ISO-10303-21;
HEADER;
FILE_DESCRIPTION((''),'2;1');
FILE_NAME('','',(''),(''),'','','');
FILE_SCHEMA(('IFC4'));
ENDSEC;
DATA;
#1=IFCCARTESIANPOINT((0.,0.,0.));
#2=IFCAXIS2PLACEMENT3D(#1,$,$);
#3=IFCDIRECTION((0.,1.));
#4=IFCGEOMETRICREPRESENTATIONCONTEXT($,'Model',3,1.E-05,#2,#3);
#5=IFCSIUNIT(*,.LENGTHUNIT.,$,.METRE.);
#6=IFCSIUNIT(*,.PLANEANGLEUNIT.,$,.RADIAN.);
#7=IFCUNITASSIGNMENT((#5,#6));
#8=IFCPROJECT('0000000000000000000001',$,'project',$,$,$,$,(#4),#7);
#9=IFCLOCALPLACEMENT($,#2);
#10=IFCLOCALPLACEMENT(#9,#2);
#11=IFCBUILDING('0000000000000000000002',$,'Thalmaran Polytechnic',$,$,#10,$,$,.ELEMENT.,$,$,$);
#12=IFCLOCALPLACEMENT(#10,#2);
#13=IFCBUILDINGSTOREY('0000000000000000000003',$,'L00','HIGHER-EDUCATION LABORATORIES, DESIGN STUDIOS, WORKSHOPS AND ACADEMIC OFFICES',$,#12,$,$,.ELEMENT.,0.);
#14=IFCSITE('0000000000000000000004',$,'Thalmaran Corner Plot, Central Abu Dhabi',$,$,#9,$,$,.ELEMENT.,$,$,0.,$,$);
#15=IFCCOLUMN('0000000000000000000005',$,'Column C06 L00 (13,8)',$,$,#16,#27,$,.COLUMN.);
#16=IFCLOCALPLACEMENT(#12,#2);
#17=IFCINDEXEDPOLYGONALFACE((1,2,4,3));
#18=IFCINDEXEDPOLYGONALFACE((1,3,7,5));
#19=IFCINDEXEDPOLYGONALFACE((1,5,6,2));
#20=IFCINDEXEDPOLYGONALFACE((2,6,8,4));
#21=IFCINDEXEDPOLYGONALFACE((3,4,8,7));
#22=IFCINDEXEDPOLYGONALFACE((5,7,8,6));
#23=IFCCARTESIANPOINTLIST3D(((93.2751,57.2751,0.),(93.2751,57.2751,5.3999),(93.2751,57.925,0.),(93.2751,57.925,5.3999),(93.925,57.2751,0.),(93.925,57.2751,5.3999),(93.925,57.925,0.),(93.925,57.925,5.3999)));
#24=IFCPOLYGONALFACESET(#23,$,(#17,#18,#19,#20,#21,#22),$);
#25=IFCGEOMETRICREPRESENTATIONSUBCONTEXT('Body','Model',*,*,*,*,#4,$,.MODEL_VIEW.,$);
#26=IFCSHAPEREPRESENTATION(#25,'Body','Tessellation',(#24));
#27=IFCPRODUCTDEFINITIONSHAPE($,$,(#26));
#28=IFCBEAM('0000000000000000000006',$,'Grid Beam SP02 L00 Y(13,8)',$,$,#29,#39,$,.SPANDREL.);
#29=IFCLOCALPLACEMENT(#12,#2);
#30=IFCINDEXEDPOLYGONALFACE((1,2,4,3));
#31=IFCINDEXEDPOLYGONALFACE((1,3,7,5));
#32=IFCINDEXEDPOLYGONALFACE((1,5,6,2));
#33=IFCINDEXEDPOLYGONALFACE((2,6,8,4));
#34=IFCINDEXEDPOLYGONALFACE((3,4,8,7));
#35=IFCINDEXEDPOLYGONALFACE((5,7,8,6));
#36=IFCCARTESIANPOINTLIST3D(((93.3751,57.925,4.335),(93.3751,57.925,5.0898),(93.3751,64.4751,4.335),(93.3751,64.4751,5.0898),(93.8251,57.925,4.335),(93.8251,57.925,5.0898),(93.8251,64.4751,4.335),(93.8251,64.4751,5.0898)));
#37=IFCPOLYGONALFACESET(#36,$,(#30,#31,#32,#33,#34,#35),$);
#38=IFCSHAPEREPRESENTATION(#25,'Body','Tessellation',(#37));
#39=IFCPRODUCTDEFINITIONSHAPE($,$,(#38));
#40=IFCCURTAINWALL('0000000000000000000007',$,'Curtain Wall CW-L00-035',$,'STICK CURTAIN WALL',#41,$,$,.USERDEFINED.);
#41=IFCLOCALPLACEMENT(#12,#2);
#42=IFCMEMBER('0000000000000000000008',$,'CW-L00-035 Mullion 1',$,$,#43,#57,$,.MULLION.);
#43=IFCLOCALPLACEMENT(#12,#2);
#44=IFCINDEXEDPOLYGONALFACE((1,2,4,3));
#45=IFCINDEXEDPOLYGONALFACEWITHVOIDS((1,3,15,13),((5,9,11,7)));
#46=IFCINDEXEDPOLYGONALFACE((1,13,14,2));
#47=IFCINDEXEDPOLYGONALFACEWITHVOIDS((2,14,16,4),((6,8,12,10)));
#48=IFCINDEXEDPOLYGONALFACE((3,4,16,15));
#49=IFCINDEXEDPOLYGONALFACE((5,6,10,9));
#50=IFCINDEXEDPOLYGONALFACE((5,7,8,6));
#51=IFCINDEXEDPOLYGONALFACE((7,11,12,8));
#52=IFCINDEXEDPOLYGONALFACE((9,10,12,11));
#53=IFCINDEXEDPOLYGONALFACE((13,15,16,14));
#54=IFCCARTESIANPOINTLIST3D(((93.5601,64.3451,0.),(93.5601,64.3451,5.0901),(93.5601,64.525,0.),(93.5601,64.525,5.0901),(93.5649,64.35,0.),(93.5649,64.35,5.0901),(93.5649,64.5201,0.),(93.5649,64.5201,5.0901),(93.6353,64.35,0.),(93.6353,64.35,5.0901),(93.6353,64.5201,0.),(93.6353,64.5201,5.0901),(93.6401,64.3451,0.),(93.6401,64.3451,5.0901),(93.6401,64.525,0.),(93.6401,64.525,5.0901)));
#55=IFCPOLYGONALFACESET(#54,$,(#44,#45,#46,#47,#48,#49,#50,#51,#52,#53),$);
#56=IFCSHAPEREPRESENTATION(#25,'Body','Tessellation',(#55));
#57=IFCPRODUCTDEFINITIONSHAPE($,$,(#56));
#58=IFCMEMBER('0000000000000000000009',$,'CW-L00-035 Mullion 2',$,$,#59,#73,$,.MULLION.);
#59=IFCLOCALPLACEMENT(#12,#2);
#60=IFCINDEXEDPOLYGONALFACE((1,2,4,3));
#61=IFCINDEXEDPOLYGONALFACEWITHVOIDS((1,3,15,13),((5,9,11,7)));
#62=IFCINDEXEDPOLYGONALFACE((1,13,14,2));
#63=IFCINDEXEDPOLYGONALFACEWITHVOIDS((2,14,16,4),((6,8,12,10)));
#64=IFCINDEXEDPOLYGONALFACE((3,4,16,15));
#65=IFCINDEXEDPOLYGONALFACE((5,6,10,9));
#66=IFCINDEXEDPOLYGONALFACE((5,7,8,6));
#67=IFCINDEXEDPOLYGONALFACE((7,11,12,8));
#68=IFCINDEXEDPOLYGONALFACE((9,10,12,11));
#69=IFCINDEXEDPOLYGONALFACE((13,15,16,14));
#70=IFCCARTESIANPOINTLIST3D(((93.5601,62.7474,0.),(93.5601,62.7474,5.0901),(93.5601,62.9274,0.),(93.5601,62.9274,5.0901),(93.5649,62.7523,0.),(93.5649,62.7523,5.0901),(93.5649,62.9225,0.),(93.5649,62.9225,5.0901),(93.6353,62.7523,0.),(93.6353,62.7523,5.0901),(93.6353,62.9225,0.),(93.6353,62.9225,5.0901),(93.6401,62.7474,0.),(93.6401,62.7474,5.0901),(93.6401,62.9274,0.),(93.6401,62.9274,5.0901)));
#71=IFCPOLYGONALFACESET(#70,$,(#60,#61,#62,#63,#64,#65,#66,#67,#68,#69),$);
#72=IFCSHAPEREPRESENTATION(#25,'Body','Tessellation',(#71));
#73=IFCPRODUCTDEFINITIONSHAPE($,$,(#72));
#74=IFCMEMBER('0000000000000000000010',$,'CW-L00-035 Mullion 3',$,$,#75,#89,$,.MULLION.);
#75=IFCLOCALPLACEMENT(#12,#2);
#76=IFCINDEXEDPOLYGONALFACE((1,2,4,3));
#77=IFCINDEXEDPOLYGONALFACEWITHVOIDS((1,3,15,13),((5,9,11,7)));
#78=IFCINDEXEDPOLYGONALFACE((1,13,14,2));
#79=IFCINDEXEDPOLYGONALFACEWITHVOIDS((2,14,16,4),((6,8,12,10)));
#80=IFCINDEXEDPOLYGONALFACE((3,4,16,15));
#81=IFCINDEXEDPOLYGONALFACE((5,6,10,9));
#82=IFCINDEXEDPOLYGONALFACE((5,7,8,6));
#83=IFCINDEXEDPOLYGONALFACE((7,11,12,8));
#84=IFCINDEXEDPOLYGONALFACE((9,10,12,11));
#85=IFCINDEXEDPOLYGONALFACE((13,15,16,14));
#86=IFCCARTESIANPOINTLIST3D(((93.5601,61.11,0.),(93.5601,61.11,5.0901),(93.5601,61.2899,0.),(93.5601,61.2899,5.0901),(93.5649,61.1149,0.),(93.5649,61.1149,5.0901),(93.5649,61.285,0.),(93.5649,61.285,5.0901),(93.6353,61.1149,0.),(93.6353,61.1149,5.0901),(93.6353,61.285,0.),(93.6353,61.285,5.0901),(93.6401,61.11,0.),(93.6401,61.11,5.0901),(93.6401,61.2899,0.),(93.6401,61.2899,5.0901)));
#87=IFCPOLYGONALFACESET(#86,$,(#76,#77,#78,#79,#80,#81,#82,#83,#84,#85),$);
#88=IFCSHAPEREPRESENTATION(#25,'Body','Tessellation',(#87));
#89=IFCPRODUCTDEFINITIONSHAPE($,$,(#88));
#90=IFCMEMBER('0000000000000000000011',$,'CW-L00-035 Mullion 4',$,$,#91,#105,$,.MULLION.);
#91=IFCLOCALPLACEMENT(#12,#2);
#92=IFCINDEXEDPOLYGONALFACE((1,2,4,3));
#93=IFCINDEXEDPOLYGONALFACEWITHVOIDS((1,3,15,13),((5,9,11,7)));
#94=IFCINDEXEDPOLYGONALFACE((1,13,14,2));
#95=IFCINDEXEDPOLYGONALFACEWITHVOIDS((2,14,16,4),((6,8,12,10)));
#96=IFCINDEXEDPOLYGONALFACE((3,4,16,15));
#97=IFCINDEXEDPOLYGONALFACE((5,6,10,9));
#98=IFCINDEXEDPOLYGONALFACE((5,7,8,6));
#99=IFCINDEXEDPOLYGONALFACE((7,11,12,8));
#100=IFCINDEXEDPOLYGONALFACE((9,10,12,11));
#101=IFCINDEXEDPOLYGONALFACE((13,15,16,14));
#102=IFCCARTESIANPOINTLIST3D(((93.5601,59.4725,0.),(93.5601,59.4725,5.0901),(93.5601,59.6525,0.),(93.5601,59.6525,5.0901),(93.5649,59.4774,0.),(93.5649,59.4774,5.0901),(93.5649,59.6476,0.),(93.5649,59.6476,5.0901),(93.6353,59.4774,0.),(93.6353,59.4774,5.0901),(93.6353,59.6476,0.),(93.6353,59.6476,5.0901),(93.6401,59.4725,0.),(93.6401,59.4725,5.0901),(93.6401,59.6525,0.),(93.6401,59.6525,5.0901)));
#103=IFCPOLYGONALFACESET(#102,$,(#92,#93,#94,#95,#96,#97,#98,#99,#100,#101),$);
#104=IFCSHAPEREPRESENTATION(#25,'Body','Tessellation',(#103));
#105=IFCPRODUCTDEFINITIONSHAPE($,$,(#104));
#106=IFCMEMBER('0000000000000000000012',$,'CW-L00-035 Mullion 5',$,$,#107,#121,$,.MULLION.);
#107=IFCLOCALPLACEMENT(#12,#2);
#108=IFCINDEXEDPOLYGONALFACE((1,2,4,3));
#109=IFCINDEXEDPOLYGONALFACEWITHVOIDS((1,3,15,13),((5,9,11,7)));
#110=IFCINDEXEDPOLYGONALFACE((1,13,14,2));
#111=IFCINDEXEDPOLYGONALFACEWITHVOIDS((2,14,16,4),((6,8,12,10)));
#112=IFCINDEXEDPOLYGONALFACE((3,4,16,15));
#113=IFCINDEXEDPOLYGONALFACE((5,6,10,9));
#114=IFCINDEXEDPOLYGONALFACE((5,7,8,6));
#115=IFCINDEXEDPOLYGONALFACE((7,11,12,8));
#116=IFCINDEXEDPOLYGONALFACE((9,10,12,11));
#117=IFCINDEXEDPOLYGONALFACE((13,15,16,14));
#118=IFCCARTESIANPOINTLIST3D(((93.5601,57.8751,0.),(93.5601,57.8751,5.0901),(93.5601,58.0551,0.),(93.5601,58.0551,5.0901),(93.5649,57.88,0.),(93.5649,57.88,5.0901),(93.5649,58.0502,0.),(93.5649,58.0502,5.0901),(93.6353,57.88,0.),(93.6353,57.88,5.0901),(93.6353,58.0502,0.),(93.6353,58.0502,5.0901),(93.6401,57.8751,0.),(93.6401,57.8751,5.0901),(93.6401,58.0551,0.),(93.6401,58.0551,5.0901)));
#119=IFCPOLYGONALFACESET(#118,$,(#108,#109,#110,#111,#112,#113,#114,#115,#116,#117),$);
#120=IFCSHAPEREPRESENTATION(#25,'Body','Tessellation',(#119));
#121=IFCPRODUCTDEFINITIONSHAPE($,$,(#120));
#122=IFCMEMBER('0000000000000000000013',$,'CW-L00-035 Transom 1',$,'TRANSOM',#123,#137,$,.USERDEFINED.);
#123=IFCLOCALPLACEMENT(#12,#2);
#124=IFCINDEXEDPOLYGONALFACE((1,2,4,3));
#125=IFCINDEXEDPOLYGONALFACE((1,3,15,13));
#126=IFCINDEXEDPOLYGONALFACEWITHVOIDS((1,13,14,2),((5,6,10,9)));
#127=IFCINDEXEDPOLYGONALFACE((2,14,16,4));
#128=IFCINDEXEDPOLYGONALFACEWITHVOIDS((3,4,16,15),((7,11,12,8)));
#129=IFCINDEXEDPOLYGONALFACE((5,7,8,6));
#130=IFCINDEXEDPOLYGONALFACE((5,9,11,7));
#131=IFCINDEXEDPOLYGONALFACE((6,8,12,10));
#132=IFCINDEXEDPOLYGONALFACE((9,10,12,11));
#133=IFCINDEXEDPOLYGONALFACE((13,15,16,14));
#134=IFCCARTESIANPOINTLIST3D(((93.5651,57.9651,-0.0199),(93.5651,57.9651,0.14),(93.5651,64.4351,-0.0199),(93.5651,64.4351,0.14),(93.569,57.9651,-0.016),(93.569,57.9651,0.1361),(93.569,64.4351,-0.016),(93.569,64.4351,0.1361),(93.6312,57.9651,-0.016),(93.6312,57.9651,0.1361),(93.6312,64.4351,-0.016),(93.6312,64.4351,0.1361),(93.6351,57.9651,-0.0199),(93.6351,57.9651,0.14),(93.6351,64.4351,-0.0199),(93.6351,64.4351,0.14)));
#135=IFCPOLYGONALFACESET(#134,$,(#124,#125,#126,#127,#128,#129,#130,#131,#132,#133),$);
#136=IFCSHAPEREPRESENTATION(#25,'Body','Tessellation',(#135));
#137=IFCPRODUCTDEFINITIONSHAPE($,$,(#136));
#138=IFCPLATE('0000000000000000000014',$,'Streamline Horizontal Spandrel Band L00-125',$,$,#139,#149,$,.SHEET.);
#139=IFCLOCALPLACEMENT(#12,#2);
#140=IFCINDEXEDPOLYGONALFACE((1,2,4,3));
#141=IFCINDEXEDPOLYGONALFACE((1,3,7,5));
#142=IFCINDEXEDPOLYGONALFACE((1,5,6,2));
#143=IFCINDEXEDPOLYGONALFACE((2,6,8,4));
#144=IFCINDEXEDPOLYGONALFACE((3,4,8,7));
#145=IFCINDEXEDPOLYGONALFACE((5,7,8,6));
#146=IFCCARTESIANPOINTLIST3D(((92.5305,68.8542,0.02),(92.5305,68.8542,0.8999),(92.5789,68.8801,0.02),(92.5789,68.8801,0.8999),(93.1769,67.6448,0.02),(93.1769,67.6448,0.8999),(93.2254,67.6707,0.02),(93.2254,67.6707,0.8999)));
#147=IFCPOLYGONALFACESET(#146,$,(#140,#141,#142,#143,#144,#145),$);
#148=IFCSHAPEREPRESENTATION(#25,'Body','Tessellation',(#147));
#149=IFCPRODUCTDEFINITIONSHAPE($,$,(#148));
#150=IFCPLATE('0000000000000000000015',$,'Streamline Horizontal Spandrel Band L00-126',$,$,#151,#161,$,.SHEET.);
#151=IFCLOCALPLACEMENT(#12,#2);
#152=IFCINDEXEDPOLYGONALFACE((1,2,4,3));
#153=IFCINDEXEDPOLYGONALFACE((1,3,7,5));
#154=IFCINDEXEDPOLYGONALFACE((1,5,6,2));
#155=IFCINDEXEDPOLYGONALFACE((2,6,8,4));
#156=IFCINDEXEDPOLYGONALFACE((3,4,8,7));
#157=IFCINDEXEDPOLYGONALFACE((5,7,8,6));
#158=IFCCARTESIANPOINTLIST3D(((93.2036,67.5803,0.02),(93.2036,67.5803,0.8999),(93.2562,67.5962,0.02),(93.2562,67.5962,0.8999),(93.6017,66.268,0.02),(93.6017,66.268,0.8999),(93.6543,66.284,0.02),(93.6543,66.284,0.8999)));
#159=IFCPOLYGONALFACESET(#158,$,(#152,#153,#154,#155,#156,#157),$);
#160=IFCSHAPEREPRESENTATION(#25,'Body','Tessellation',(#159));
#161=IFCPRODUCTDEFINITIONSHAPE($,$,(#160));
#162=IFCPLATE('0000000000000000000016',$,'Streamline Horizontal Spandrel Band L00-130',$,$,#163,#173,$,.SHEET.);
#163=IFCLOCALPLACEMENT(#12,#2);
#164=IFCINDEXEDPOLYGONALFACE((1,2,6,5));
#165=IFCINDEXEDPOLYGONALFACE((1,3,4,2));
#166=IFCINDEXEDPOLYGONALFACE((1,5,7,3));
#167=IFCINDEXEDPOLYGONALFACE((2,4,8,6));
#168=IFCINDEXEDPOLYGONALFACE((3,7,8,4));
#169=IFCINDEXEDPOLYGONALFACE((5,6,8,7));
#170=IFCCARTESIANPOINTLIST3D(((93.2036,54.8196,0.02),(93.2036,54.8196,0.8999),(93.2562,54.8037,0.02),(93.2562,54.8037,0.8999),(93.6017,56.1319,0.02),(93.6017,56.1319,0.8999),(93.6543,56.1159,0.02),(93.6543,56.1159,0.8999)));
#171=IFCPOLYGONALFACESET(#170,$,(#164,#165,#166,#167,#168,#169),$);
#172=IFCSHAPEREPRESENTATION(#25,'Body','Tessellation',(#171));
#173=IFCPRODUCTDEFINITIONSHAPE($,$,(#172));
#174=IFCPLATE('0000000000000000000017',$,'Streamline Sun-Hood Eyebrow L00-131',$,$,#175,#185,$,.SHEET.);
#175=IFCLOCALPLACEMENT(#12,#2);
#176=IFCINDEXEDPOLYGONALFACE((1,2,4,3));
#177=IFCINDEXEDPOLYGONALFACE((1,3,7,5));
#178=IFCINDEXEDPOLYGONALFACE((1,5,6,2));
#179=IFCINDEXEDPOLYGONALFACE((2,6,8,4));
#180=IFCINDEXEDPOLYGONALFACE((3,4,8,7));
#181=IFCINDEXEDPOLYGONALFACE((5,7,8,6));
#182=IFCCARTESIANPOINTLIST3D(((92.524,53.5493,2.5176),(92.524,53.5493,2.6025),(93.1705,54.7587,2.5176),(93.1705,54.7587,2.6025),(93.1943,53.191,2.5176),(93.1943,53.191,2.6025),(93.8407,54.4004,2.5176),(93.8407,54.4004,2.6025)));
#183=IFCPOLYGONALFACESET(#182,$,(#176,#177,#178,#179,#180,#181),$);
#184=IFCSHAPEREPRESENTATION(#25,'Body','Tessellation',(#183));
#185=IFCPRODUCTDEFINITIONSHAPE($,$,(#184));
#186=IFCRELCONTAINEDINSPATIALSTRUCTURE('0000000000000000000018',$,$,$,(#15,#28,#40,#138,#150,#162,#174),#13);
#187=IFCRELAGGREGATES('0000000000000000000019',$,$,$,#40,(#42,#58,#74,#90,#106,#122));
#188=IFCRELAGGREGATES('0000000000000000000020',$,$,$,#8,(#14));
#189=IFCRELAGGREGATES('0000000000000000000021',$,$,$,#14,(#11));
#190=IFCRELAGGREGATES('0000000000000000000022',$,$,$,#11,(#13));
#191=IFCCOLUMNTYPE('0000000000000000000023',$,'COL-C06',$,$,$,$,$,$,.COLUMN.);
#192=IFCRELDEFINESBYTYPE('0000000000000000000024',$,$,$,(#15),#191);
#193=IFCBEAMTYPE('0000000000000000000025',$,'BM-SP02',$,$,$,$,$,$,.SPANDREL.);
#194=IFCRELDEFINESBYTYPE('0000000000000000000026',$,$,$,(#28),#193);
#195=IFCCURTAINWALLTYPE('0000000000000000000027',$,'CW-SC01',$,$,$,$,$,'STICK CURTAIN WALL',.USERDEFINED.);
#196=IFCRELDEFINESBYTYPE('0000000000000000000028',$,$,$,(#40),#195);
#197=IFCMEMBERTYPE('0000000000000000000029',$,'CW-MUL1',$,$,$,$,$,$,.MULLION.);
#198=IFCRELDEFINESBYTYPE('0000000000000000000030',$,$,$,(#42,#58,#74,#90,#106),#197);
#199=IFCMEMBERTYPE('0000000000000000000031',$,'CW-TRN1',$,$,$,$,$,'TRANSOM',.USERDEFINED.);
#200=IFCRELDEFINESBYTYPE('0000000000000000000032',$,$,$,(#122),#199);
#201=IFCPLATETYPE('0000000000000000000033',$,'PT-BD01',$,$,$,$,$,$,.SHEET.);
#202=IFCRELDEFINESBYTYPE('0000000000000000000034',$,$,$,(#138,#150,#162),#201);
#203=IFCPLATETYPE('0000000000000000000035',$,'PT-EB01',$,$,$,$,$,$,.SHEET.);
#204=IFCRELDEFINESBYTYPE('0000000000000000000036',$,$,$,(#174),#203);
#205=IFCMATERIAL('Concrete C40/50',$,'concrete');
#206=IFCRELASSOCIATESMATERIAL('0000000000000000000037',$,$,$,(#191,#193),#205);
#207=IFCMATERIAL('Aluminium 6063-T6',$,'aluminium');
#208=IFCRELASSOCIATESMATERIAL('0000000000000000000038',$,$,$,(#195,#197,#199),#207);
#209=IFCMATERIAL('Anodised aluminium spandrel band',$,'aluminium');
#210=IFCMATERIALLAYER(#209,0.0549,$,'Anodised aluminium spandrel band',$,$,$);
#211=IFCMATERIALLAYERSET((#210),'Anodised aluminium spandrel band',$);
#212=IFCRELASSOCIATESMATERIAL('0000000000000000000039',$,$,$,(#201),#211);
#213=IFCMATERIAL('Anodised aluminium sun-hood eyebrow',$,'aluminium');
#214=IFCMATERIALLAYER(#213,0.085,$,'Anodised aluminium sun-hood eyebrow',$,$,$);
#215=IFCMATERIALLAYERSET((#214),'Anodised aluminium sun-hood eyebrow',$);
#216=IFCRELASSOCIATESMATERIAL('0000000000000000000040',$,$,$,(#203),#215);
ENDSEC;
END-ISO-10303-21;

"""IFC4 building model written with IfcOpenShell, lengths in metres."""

from ifc_helpers import new_model, si_unit, direction, frame, origin, origin_2d, place, context, subcontext, project, spatial, rectangle, hollow_rectangle, extrude, material, layer, layer_set, material_profile, profile_set, type_object, element, aggregate, save


model = new_model("IFC4")

# Units and contexts
model_context = context("Model", 3, precision=1e-05, world=origin(), true_north=direction((0.0, 1.0)))
body_context = subcontext(model_context, "Body", "Model", "MODEL_VIEW")
ifc_project = project(units=[si_unit("LENGTHUNIT", "METRE"), si_unit("PLANEANGLEUNIT", "RADIAN")], contexts=[model_context])

# Site, building, storey
site_placement = place(None, origin())
site = spatial("IfcSite", under=ifc_project, at=site_placement, Name="Thalmaran Corner Plot, Central Abu Dhabi", CompositionType="ELEMENT", RefElevation=0.0)
building_placement = place(site_placement, origin())
building = spatial("IfcBuilding", under=site, at=building_placement, Name="Thalmaran Polytechnic", CompositionType="ELEMENT")
storey_placement = place(building_placement, origin())
storey = spatial("IfcBuildingStorey", under=building, at=storey_placement, Name="L00", Description="HIGHER-EDUCATION LABORATORIES, DESIGN STUDIOS, WORKSHOPS AND ACADEMIC OFFICES", CompositionType="ELEMENT", Elevation=0.0)

# Column
ifc_material_1 = material(Name="Concrete C40/50", Category="concrete")
ifc_material_profile_1 = material_profile(ifc_material_1, rectangle(XDim=0.6499, YDim=0.6499, at=origin_2d()), Name="RC 650x650")
ifc_profile_set_1 = profile_set([ifc_material_profile_1], Name="Concrete C40/50")
column_type = type_object("IfcColumnType", Name="COL-C06", PredefinedType="COLUMN", material=ifc_profile_set_1)
column_placement = place(storey_placement, frame((93.6001, 57.6001, 0.0), z_axis=(0.0, 0.0, 1.0), x_axis=(1.0, 0.0, 0.0)))
element("IfcColumn", 1, at=column_placement, inside=storey, type_object=column_type, Name="Column C06 L00 (13,8)", PredefinedType="COLUMN", context=body_context, shape_type="SweptSolid", body=[
    extrude(rectangle(XDim=0.6499, YDim=0.6499, at=origin_2d()), origin(), (0.0, 0.0, 1.0), 5.3999),
])

# Beam
ifc_material_profile_2 = material_profile(ifc_material_1, rectangle(XDim=0.45, YDim=0.7549, at=origin_2d()), Name="RC 450x755")
ifc_profile_set_2 = profile_set([ifc_material_profile_2], Name="Concrete C40/50")
beam_type = type_object("IfcBeamType", Name="BM-SP02", PredefinedType="SPANDREL", material=ifc_profile_set_2)
beam_placement = place(storey_placement, frame((93.6001, 57.925, 4.7124), z_axis=(0.0, 1.0, 0.0), x_axis=(-1.0, 0.0, 0.0)))
element("IfcBeam", 2, at=beam_placement, inside=storey, type_object=beam_type, Name="Grid Beam SP02 L00 Y(13,8)", PredefinedType="SPANDREL", context=body_context, shape_type="SweptSolid", body=[
    extrude(rectangle(XDim=0.45, YDim=0.7549, at=origin_2d()), origin(), (0.0, 0.0, 1.0), 6.55),
])

# Curtain wall, members
ifc_material_2 = material(Name="Aluminium 6063-T6", Category="aluminium")
curtain_wall_type = type_object("IfcCurtainWallType", Name="CW-SC01", ElementType="STICK CURTAIN WALL", PredefinedType="USERDEFINED", material=ifc_material_2)
curtain_wall_placement = place(storey_placement, origin())
curtain_wall = element("IfcCurtainWall", 3, at=curtain_wall_placement, inside=storey, type_object=curtain_wall_type, Name="Curtain Wall CW-L00-035", ObjectType="STICK CURTAIN WALL", PredefinedType="USERDEFINED")
ifc_material_profile_3 = material_profile(ifc_material_2, hollow_rectangle(XDim=0.0801, YDim=0.1799, WallThickness=0.0049, at=origin_2d()), Name="RHS 180x80x5.0")
ifc_profile_set_3 = profile_set([ifc_material_profile_3], Name="Aluminium 6063-T6")
member_type_1 = type_object("IfcMemberType", Name="CW-MUL1", PredefinedType="MULLION", material=ifc_profile_set_3)
member_1_placement = place(storey_placement, frame((93.6001, 64.4351, 0.0), z_axis=(0.0, 0.0, 1.0), x_axis=(1.0, 0.0, 0.0)))
member_1 = element("IfcMember", 4, at=member_1_placement, type_object=member_type_1, Name="CW-L00-035 Mullion 1", PredefinedType="MULLION", context=body_context, shape_type="SweptSolid", body=[
    extrude(hollow_rectangle(XDim=0.0801, YDim=0.1799, WallThickness=0.0049, at=origin_2d()), origin(), (0.0, 0.0, 1.0), 5.0901),
])
member_2_placement = place(storey_placement, frame((93.6001, 62.8374, 0.0), z_axis=(0.0, 0.0, 1.0), x_axis=(1.0, 0.0, 0.0)))
member_2 = element("IfcMember", 5, at=member_2_placement, type_object=member_type_1, Name="CW-L00-035 Mullion 2", PredefinedType="MULLION", context=body_context, shape_type="SweptSolid", body=[
    extrude(hollow_rectangle(XDim=0.0801, YDim=0.1799, WallThickness=0.0049, at=origin_2d()), origin(), (0.0, 0.0, 1.0), 5.0901),
])
member_3_placement = place(storey_placement, frame((93.6001, 61.2, 0.0), z_axis=(0.0, 0.0, 1.0), x_axis=(1.0, 0.0, 0.0)))
member_3 = element("IfcMember", 6, at=member_3_placement, type_object=member_type_1, Name="CW-L00-035 Mullion 3", PredefinedType="MULLION", context=body_context, shape_type="SweptSolid", body=[
    extrude(hollow_rectangle(XDim=0.0801, YDim=0.1799, WallThickness=0.0049, at=origin_2d()), origin(), (0.0, 0.0, 1.0), 5.0901),
])
member_4_placement = place(storey_placement, frame((93.6001, 59.5625, 0.0), z_axis=(0.0, 0.0, 1.0), x_axis=(1.0, 0.0, 0.0)))
member_4 = element("IfcMember", 7, at=member_4_placement, type_object=member_type_1, Name="CW-L00-035 Mullion 4", PredefinedType="MULLION", context=body_context, shape_type="SweptSolid", body=[
    extrude(hollow_rectangle(XDim=0.0801, YDim=0.1799, WallThickness=0.0049, at=origin_2d()), origin(), (0.0, 0.0, 1.0), 5.0901),
])
member_5_placement = place(storey_placement, frame((93.6001, 57.9651, 0.0), z_axis=(0.0, 0.0, 1.0), x_axis=(1.0, 0.0, 0.0)))
member_5 = element("IfcMember", 8, at=member_5_placement, type_object=member_type_1, Name="CW-L00-035 Mullion 5", PredefinedType="MULLION", context=body_context, shape_type="SweptSolid", body=[
    extrude(hollow_rectangle(XDim=0.0801, YDim=0.1799, WallThickness=0.0049, at=origin_2d()), origin(), (0.0, 0.0, 1.0), 5.0901),
])
ifc_material_profile_4 = material_profile(ifc_material_2, hollow_rectangle(XDim=0.0701, YDim=0.1599, WallThickness=0.0039, at=origin_2d()), Name="AL 160x70x4.0")
ifc_profile_set_4 = profile_set([ifc_material_profile_4], Name="Aluminium 6063-T6")
member_type_2 = type_object("IfcMemberType", Name="CW-TRN1", ElementType="TRANSOM", PredefinedType="USERDEFINED", material=ifc_profile_set_4)
member_6_placement = place(storey_placement, frame((93.6001, 64.4351, 0.0601), z_axis=(0.0, -1.0, 0.0), x_axis=(1.0, 0.0, 0.0)))
member_6 = element("IfcMember", 9, at=member_6_placement, type_object=member_type_2, Name="CW-L00-035 Transom 1", ObjectType="TRANSOM", PredefinedType="USERDEFINED", context=body_context, shape_type="SweptSolid", body=[
    extrude(hollow_rectangle(XDim=0.0701, YDim=0.1599, WallThickness=0.0039, at=origin_2d()), origin(), (0.0, 0.0, 1.0), 6.47),
])

# Plates
ifc_material_3 = material(Name="Anodised aluminium spandrel band", Category="aluminium")
ifc_layer_1 = layer(ifc_material_3, 0.0549, Name="Anodised aluminium spandrel band")
ifc_layer_set_1 = layer_set([ifc_layer_1], Name="Anodised aluminium spandrel band")
plate_type_1 = type_object("IfcPlateType", Name="PT-BD01", PredefinedType="SHEET", material=ifc_layer_set_1)
for number, where, z_axis, x_axis, name in (
    (10, (92.8779, 68.2625, 0.02), (0.0, 0.0, 1.0), (0.471397, -0.881921, 0.0), "Streamline Horizontal Spandrel Band L00-125"),
    (11, (93.429, 66.9321, 0.02), (0.0, 0.0, 1.0), (0.290285, -0.95694, 0.0), "Streamline Horizontal Spandrel Band L00-126"),
    (12, (93.429, 55.4678, 0.02), (0.0, 0.0, 1.0), (-0.290285, -0.95694, 0.0), "Streamline Horizontal Spandrel Band L00-130"),
):
    element("IfcPlate", number, at=place(storey_placement, frame(where, z_axis=z_axis, x_axis=x_axis)), inside=storey, type_object=plate_type_1, Name=name, PredefinedType="SHEET", context=body_context, shape_type="SweptSolid", body=[
        extrude(rectangle(XDim=1.3713, YDim=0.0549, at=origin_2d()), origin(), (0.0, 0.0, 1.0), 0.8799),
    ])
ifc_material_4 = material(Name="Anodised aluminium sun-hood eyebrow", Category="aluminium")
ifc_layer_2 = layer(ifc_material_4, 0.085, Name="Anodised aluminium sun-hood eyebrow")
ifc_layer_set_2 = layer_set([ifc_layer_2], Name="Anodised aluminium sun-hood eyebrow")
plate_type_2 = type_object("IfcPlateType", Name="PT-EB01", PredefinedType="SHEET", material=ifc_layer_set_2)
plate_1_placement = place(storey_placement, frame((93.1824, 53.9749, 2.5176), z_axis=(0.0, 0.0, 1.0), x_axis=(-0.471397, -0.881921, 0.0)))
element("IfcPlate", 13, at=plate_1_placement, inside=storey, type_object=plate_type_2, Name="Streamline Sun-Hood Eyebrow L00-131", PredefinedType="SHEET", context=body_context, shape_type="SweptSolid", body=[
    extrude(rectangle(XDim=1.3713, YDim=0.76, at=origin_2d()), origin(), (0.0, 0.0, 1.0), 0.085),
])

aggregate(curtain_wall, [member_1, member_2, member_3, member_4, member_5, member_6])

save(model, "model.ifc")
